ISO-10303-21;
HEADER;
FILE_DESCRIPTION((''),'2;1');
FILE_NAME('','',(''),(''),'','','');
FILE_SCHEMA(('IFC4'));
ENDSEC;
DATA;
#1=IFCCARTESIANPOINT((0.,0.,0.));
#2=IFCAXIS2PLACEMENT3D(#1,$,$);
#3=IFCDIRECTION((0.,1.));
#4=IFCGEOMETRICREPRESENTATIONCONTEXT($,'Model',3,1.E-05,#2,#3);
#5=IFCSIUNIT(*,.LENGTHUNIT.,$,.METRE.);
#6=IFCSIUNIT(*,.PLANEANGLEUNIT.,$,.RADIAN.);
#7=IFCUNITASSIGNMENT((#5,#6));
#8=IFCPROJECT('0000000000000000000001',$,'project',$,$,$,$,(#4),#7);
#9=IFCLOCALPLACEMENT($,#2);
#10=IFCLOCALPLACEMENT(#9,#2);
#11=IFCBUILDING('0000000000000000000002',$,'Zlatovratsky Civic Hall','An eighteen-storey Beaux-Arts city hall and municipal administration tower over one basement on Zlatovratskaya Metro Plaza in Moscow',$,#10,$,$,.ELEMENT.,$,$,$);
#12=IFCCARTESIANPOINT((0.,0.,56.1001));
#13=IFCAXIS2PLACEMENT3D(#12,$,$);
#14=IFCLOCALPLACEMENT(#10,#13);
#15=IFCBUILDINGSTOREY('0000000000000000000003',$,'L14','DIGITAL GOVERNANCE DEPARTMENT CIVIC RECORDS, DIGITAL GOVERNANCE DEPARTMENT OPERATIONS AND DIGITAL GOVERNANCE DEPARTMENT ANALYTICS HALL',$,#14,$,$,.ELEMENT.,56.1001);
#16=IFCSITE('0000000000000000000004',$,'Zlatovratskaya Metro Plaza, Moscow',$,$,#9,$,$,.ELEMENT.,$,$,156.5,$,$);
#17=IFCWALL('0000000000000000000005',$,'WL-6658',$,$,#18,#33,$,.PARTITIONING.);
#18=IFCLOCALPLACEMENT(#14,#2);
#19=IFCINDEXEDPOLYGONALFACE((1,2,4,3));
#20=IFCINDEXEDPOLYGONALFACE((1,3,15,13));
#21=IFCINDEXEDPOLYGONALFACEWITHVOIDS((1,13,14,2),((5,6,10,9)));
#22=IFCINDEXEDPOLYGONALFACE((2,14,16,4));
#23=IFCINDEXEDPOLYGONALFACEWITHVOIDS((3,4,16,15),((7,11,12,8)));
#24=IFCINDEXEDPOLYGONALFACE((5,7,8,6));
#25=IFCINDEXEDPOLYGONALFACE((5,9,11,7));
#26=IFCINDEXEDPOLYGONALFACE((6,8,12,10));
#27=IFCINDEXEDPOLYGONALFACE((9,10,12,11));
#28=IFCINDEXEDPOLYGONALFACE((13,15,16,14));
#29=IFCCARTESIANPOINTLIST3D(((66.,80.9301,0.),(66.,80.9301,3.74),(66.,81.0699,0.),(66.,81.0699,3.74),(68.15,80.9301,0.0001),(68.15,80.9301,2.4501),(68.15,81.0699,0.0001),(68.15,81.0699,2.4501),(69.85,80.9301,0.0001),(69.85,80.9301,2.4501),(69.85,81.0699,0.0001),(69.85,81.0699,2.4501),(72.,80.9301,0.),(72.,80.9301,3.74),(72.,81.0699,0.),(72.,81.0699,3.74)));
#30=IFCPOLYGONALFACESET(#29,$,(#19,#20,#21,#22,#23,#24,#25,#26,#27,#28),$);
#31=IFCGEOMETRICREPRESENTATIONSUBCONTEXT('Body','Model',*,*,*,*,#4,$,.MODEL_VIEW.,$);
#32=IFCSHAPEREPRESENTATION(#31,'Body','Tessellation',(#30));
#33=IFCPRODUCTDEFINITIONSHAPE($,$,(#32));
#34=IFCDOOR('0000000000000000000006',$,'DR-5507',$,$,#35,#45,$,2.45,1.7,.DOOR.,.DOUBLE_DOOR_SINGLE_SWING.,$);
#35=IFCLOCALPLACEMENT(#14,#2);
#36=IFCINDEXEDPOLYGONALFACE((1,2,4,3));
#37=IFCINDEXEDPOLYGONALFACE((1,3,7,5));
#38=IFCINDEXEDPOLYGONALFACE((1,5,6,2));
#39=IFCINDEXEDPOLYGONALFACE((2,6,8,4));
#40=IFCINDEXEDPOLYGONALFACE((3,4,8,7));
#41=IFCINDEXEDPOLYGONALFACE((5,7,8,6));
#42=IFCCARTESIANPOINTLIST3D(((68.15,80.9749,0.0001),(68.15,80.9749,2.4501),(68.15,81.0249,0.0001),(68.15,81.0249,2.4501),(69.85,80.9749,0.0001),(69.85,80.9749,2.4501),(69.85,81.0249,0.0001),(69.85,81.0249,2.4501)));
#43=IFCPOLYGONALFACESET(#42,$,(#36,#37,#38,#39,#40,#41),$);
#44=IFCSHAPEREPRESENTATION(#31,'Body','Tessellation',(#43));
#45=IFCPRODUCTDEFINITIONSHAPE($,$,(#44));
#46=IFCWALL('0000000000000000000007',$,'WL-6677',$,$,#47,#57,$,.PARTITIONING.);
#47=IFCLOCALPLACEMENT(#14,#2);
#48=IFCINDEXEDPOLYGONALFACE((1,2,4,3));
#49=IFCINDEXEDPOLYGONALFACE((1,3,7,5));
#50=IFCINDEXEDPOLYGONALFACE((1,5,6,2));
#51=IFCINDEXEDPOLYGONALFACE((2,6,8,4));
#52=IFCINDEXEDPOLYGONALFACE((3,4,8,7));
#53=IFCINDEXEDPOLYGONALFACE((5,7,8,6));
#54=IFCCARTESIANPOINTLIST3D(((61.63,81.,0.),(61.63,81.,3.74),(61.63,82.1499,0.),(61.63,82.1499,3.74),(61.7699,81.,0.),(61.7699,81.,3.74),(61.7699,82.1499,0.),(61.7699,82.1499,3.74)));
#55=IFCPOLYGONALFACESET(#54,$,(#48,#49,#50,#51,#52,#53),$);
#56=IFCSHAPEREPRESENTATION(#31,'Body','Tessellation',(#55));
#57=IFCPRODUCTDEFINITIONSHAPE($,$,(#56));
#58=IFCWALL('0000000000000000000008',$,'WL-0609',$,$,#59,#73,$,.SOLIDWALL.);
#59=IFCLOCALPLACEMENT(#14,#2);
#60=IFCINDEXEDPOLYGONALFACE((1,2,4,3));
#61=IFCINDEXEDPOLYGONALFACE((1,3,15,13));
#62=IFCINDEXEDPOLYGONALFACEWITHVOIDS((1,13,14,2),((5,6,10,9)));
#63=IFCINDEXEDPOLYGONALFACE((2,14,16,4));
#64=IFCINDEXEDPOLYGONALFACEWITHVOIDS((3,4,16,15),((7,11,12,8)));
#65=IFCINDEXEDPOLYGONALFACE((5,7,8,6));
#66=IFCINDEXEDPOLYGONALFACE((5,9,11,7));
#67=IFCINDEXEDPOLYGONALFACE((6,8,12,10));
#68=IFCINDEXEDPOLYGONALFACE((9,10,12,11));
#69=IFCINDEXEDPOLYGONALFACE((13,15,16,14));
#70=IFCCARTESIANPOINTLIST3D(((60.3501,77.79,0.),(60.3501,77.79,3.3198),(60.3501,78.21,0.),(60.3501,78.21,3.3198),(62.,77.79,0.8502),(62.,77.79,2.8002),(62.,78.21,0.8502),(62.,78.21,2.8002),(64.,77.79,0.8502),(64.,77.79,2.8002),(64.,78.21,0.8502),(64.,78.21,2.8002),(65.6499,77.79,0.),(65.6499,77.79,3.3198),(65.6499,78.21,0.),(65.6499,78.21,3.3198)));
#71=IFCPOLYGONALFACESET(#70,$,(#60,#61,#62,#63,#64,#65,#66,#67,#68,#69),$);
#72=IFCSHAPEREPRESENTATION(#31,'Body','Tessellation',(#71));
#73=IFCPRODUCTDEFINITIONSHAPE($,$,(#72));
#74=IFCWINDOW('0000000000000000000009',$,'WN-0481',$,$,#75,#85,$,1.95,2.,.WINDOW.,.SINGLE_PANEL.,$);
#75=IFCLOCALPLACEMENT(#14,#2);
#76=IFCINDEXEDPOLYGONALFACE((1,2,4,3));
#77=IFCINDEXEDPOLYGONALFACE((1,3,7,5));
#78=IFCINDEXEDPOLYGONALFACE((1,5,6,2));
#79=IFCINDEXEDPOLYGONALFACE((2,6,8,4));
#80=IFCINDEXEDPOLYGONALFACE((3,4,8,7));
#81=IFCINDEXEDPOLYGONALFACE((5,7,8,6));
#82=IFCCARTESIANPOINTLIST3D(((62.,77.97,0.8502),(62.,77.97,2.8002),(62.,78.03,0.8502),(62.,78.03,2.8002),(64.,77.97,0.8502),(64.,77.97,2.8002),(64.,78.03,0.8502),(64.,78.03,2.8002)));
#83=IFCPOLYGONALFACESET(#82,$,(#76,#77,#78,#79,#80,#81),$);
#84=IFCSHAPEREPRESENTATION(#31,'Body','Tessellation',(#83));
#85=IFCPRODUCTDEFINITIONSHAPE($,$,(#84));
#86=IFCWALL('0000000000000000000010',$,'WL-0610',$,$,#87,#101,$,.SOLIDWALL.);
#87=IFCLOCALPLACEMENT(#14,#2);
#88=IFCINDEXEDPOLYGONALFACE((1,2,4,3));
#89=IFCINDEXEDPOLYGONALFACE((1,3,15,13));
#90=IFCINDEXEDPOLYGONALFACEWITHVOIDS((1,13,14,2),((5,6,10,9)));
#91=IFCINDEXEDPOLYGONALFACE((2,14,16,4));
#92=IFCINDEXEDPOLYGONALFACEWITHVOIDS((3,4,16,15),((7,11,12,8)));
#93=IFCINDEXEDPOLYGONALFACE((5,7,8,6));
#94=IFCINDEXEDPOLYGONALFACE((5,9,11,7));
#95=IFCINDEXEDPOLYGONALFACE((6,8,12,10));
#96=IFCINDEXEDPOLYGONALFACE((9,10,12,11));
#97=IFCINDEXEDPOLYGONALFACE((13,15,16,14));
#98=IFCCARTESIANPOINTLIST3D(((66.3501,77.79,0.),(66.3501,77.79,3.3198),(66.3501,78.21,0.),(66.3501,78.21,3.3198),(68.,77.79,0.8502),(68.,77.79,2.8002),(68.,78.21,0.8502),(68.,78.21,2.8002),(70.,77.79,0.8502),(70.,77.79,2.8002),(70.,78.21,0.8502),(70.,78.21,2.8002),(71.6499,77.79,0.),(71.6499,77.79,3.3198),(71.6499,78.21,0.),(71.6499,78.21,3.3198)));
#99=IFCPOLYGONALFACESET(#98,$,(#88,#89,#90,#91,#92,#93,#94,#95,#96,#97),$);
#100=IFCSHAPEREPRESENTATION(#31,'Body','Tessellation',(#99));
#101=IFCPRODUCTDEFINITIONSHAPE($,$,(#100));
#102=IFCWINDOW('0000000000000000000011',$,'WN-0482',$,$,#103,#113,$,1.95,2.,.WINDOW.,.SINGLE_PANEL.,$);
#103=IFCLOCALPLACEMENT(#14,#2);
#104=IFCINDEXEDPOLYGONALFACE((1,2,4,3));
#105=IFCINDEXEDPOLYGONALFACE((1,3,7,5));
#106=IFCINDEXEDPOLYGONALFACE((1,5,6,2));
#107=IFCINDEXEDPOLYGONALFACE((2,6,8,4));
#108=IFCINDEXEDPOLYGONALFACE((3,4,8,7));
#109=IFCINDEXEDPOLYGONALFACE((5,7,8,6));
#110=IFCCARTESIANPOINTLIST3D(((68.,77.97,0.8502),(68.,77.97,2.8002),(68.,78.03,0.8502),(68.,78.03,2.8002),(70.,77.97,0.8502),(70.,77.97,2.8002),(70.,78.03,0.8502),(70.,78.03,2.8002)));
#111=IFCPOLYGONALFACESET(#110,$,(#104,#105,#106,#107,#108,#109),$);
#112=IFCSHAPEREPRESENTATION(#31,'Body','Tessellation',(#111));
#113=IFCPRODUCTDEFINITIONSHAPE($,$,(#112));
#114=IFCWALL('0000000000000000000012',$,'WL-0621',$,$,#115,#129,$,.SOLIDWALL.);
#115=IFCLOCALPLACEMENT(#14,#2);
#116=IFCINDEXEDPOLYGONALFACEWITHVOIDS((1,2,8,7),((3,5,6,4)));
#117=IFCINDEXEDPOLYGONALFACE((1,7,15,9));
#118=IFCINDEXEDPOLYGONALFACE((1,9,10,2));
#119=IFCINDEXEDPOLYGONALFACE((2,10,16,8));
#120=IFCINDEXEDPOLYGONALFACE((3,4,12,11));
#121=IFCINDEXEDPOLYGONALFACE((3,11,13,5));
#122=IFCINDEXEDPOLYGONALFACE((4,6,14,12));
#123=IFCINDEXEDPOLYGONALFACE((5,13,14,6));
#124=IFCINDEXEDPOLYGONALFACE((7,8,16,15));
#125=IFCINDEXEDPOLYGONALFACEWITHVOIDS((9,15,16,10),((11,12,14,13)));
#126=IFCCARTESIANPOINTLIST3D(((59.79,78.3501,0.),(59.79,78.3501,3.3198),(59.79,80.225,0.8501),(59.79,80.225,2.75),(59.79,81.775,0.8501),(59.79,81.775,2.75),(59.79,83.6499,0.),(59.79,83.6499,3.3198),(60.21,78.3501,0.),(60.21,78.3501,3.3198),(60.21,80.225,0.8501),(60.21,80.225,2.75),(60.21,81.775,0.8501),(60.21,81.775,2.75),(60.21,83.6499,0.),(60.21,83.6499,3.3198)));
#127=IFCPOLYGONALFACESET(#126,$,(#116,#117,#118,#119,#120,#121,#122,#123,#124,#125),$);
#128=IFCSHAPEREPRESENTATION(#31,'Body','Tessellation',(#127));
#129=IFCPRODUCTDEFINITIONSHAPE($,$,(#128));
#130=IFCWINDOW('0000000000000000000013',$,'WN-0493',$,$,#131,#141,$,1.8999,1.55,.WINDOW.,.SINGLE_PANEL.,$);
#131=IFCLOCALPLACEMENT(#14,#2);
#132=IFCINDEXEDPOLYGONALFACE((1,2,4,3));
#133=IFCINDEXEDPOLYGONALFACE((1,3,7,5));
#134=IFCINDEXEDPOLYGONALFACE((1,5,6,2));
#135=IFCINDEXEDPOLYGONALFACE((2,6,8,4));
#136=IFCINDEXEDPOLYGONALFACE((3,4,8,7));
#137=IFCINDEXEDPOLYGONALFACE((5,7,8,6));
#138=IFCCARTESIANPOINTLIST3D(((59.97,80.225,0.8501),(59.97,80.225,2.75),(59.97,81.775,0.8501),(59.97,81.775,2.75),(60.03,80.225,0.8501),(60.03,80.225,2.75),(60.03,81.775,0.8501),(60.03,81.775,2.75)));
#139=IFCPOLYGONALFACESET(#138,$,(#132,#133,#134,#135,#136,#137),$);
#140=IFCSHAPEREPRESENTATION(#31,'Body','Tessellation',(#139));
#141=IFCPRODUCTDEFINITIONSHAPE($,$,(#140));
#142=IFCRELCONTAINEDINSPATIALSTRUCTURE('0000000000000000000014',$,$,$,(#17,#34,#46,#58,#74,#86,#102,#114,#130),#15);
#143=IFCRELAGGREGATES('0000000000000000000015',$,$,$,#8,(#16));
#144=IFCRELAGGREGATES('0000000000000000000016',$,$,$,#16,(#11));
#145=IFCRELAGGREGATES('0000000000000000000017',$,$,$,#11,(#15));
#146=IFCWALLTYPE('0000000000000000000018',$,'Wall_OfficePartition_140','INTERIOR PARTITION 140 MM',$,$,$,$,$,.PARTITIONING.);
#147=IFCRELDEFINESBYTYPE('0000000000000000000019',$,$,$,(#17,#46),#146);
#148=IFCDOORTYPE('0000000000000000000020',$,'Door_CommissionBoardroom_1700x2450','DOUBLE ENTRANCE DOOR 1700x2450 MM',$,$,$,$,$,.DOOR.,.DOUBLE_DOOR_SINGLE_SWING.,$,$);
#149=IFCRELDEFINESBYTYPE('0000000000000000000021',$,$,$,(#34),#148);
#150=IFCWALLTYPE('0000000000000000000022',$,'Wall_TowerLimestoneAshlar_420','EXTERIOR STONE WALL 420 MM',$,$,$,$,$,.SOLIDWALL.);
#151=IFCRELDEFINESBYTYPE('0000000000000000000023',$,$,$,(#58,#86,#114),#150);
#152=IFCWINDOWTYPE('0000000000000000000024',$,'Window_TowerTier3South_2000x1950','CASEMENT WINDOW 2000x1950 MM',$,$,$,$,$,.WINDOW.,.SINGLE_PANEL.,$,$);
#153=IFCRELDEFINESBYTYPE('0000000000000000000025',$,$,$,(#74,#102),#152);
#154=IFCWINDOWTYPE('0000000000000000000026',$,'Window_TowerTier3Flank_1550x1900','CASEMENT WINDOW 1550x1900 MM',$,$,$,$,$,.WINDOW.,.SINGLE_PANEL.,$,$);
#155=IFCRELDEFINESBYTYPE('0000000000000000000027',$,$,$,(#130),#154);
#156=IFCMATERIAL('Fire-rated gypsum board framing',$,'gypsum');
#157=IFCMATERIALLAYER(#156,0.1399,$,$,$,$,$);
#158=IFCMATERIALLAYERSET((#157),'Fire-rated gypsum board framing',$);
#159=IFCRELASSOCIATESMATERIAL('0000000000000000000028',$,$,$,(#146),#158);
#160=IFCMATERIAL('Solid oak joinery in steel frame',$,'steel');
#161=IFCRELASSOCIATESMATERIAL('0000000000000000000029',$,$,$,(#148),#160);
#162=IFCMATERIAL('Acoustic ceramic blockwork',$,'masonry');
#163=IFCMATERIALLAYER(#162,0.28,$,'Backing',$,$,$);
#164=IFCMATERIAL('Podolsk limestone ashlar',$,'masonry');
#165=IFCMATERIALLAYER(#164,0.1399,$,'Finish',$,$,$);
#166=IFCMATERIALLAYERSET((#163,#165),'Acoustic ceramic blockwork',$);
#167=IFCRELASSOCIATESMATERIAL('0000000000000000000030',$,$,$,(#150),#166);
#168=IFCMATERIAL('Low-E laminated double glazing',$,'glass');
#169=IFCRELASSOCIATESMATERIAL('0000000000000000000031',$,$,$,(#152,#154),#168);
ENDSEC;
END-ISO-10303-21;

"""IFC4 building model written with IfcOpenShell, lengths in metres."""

from ifc_helpers import new_model, si_unit, direction, frame, frame_2d, origin, place, context, subcontext, project, spatial, rectangle, extrude, material, layer, layer_set, type_object, element, fill, save


model = new_model("IFC4")

# Units and contexts
model_context = context("Model", 3, precision=1e-05, world=origin(), true_north=direction((0.0, 1.0)))
body_context = subcontext(model_context, "Body", "Model", "MODEL_VIEW")
ifc_project = project(units=[si_unit("LENGTHUNIT", "METRE"), si_unit("PLANEANGLEUNIT", "RADIAN")], contexts=[model_context])

# Site, building, storey
site_placement = place(None, origin())
site = spatial("IfcSite", under=ifc_project, at=site_placement, Name="Zlatovratskaya Metro Plaza, Moscow", CompositionType="ELEMENT", RefElevation=156.5)
building_placement = place(site_placement, origin())
building = spatial("IfcBuilding", under=site, at=building_placement, Name="Zlatovratsky Civic Hall", Description="An eighteen-storey Beaux-Arts city hall and municipal administration tower over one basement on Zlatovratskaya Metro Plaza in Moscow", CompositionType="ELEMENT")
storey_placement = place(building_placement, frame((0.0, 0.0, 56.1001)))
storey = spatial("IfcBuildingStorey", under=building, at=storey_placement, Name="L14", Description="DIGITAL GOVERNANCE DEPARTMENT CIVIC RECORDS, DIGITAL GOVERNANCE DEPARTMENT OPERATIONS AND DIGITAL GOVERNANCE DEPARTMENT ANALYTICS HALL", CompositionType="ELEMENT", Elevation=56.1001)

# Shared definitions
ifc_material_1 = material(Name="Acoustic ceramic blockwork", Category="masonry")

# Wall, opening, door
ifc_material_2 = material(Name="Fire-rated gypsum board framing", Category="gypsum")
ifc_layer_1 = layer(ifc_material_2, 0.1399)
ifc_layer_set_1 = layer_set([ifc_layer_1], Name="Fire-rated gypsum board framing")
wall_type_1 = type_object("IfcWallType", Name="Wall_OfficePartition_140", Description="INTERIOR PARTITION 140 MM", PredefinedType="PARTITIONING", material=ifc_layer_set_1)
wall_1_placement = place(storey_placement, frame((66.0, 81.0, 0.0), z_axis=(0.0, 0.0, 1.0), x_axis=(1.0, 0.0, 0.0)))
wall_1 = element("IfcWall", 1, at=wall_1_placement, inside=storey, type_object=wall_type_1, Name="WL-6658", PredefinedType="PARTITIONING", context=body_context, shape_type="SweptSolid", body=[
    extrude(rectangle(XDim=6.0, YDim=0.1399, at=frame_2d((3.0, 0.0))), origin(), (0.0, 0.0, 1.0), 3.74),
])
opening_1_placement = place(wall_1_placement, frame((2.1499, 0.0, 0.0)))
opening_1 = element("IfcOpeningElement", 2, at=opening_1_placement, cuts=wall_1, PredefinedType="OPENING", context=body_context, shape_type="SweptSolid", body=[
    extrude(rectangle(XDim=1.7, YDim=2.45, at=frame_2d((0.8501, 1.2251))), frame((0.0, 0.085, 0.0), z_axis=(0.0, -1.0, 0.0), x_axis=(1.0, 0.0, 0.0)), (0.0, 0.0, 1.0), 0.1697),
])
ifc_material_3 = material(Name="Solid oak joinery in steel frame", Category="steel")
door_type = type_object("IfcDoorType", Name="Door_CommissionBoardroom_1700x2450", Description="DOUBLE ENTRANCE DOOR 1700x2450 MM", OperationType="DOUBLE_DOOR_SINGLE_SWING", PredefinedType="DOOR", material=ifc_material_3)
door_placement = place(opening_1_placement, origin())
door = element("IfcDoor", 3, at=door_placement, inside=storey, type_object=door_type, Name="DR-5507", OperationType="DOUBLE_DOOR_SINGLE_SWING", OverallHeight=2.45, OverallWidth=1.7, PredefinedType="DOOR", context=body_context, shape_type="SweptSolid", body=[
    extrude(rectangle(XDim=1.7, YDim=2.45, at=frame_2d((0.8501, 1.2251))), frame((0.0, 0.0249, 0.0), z_axis=(0.0, -1.0, 0.0), x_axis=(1.0, 0.0, 0.0)), (0.0, 0.0, 1.0), 0.05),
])
fill(opening_1, door)

# Wall
wall_2_placement = place(storey_placement, frame((61.7, 81.0, 0.0), z_axis=(0.0, 0.0, 1.0), x_axis=(0.0, 1.0, 0.0)))
element("IfcWall", 4, at=wall_2_placement, inside=storey, type_object=wall_type_1, Name="WL-6677", PredefinedType="PARTITIONING", context=body_context, shape_type="SweptSolid", body=[
    extrude(rectangle(XDim=1.1499, YDim=0.1399, at=frame_2d((0.575, 0.0))), origin(), (0.0, 0.0, 1.0), 3.74),
])

# Walls, openings, windows
ifc_layer_2 = layer(ifc_material_1, 0.28, Name="Backing")
ifc_material_4 = material(Name="Podolsk limestone ashlar", Category="masonry")
ifc_layer_3 = layer(ifc_material_4, 0.1399, Name="Finish")
ifc_layer_set_2 = layer_set([ifc_layer_2, ifc_layer_3], Name="Acoustic ceramic blockwork")
wall_type_2 = type_object("IfcWallType", Name="Wall_TowerLimestoneAshlar_420", Description="EXTERIOR STONE WALL 420 MM", PredefinedType="SOLIDWALL", material=ifc_layer_set_2)
wall_3_placement = place(storey_placement, frame((60.3501, 78.0, 0.0), z_axis=(0.0, 0.0, 1.0), x_axis=(1.0, 0.0, 0.0)))
wall_3 = element("IfcWall", 5, at=wall_3_placement, inside=storey, type_object=wall_type_2, Name="WL-0609", PredefinedType="SOLIDWALL", context=body_context, shape_type="SweptSolid", body=[
    extrude(rectangle(XDim=5.2998, YDim=0.4199, at=frame_2d((2.6499, 0.0))), origin(), (0.0, 0.0, 1.0), 3.3198),
])
opening_2_placement = place(wall_3_placement, frame((1.6499, 0.0, 0.8501)))
opening_2 = element("IfcOpeningElement", 6, at=opening_2_placement, cuts=wall_3, PredefinedType="OPENING", context=body_context, shape_type="SweptSolid", body=[
    extrude(rectangle(XDim=2.0, YDim=1.95, at=frame_2d((1.0, 0.9751))), frame((0.0, 0.2249, 0.0), z_axis=(0.0, -1.0, 0.0), x_axis=(1.0, 0.0, 0.0)), (0.0, 0.0, 1.0), 0.4497),
])
ifc_material_5 = material(Name="Low-E laminated double glazing", Category="glass")
window_type_1 = type_object("IfcWindowType", Name="Window_TowerTier3South_2000x1950", Description="CASEMENT WINDOW 2000x1950 MM", PartitioningType="SINGLE_PANEL", PredefinedType="WINDOW", material=ifc_material_5)
window_1_placement = place(opening_2_placement, origin())
window_1 = element("IfcWindow", 7, at=window_1_placement, inside=storey, type_object=window_type_1, Name="WN-0481", OverallHeight=1.95, OverallWidth=2.0, PartitioningType="SINGLE_PANEL", PredefinedType="WINDOW", context=body_context, shape_type="SweptSolid", body=[
    extrude(rectangle(XDim=2.0, YDim=1.95, at=frame_2d((1.0, 0.9751))), frame((0.0, 0.03, 0.0), z_axis=(0.0, -1.0, 0.0), x_axis=(1.0, 0.0, 0.0)), (0.0, 0.0, 1.0), 0.0601),
])
fill(opening_2, window_1)
wall_4_placement = place(storey_placement, frame((66.3501, 78.0, 0.0), z_axis=(0.0, 0.0, 1.0), x_axis=(1.0, 0.0, 0.0)))
wall_4 = element("IfcWall", 8, at=wall_4_placement, inside=storey, type_object=wall_type_2, Name="WL-0610", PredefinedType="SOLIDWALL", context=body_context, shape_type="SweptSolid", body=[
    extrude(rectangle(XDim=5.2998, YDim=0.4199, at=frame_2d((2.6499, 0.0))), origin(), (0.0, 0.0, 1.0), 3.3198),
])
opening_3_placement = place(wall_4_placement, frame((1.6499, 0.0, 0.8501)))
opening_3 = element("IfcOpeningElement", 9, at=opening_3_placement, cuts=wall_4, PredefinedType="OPENING", context=body_context, shape_type="SweptSolid", body=[
    extrude(rectangle(XDim=2.0, YDim=1.95, at=frame_2d((1.0, 0.9751))), frame((0.0, 0.2249, 0.0), z_axis=(0.0, -1.0, 0.0), x_axis=(1.0, 0.0, 0.0)), (0.0, 0.0, 1.0), 0.4497),
])
window_2_placement = place(opening_3_placement, origin())
window_2 = element("IfcWindow", 10, at=window_2_placement, inside=storey, type_object=window_type_1, Name="WN-0482", OverallHeight=1.95, OverallWidth=2.0, PartitioningType="SINGLE_PANEL", PredefinedType="WINDOW", context=body_context, shape_type="SweptSolid", body=[
    extrude(rectangle(XDim=2.0, YDim=1.95, at=frame_2d((1.0, 0.9751))), frame((0.0, 0.03, 0.0), z_axis=(0.0, -1.0, 0.0), x_axis=(1.0, 0.0, 0.0)), (0.0, 0.0, 1.0), 0.0601),
])
fill(opening_3, window_2)
wall_5_placement = place(storey_placement, frame((60.0, 78.3501, 0.0), z_axis=(0.0, 0.0, 1.0), x_axis=(0.0, 1.0, 0.0)))
wall_5 = element("IfcWall", 11, at=wall_5_placement, inside=storey, type_object=wall_type_2, Name="WL-0621", PredefinedType="SOLIDWALL", context=body_context, shape_type="SweptSolid", body=[
    extrude(rectangle(XDim=5.2998, YDim=0.4199, at=frame_2d((2.6499, 0.0))), origin(), (0.0, 0.0, 1.0), 3.3198),
])
opening_4_placement = place(wall_5_placement, frame((1.875, 0.0, 0.8501)))
opening_4 = element("IfcOpeningElement", 12, at=opening_4_placement, cuts=wall_5, PredefinedType="OPENING", context=body_context, shape_type="SweptSolid", body=[
    extrude(rectangle(XDim=1.55, YDim=1.8999, at=frame_2d((0.7749, 0.95))), frame((0.0, 0.2249, 0.0), z_axis=(0.0, -1.0, 0.0), x_axis=(1.0, 0.0, 0.0)), (0.0, 0.0, 1.0), 0.4497),
])
window_type_2 = type_object("IfcWindowType", Name="Window_TowerTier3Flank_1550x1900", Description="CASEMENT WINDOW 1550x1900 MM", PartitioningType="SINGLE_PANEL", PredefinedType="WINDOW", material=ifc_material_5)
window_3_placement = place(opening_4_placement, origin())
window_3 = element("IfcWindow", 13, at=window_3_placement, inside=storey, type_object=window_type_2, Name="WN-0493", OverallHeight=1.8999, OverallWidth=1.55, PartitioningType="SINGLE_PANEL", PredefinedType="WINDOW", context=body_context, shape_type="SweptSolid", body=[
    extrude(rectangle(XDim=1.55, YDim=1.8999, at=frame_2d((0.7749, 0.95))), frame((0.0, 0.03, 0.0), z_axis=(0.0, -1.0, 0.0), x_axis=(1.0, 0.0, 0.0)), (0.0, 0.0, 1.0), 0.0601),
])
fill(opening_4, window_3)

save(model, "model.ifc")
